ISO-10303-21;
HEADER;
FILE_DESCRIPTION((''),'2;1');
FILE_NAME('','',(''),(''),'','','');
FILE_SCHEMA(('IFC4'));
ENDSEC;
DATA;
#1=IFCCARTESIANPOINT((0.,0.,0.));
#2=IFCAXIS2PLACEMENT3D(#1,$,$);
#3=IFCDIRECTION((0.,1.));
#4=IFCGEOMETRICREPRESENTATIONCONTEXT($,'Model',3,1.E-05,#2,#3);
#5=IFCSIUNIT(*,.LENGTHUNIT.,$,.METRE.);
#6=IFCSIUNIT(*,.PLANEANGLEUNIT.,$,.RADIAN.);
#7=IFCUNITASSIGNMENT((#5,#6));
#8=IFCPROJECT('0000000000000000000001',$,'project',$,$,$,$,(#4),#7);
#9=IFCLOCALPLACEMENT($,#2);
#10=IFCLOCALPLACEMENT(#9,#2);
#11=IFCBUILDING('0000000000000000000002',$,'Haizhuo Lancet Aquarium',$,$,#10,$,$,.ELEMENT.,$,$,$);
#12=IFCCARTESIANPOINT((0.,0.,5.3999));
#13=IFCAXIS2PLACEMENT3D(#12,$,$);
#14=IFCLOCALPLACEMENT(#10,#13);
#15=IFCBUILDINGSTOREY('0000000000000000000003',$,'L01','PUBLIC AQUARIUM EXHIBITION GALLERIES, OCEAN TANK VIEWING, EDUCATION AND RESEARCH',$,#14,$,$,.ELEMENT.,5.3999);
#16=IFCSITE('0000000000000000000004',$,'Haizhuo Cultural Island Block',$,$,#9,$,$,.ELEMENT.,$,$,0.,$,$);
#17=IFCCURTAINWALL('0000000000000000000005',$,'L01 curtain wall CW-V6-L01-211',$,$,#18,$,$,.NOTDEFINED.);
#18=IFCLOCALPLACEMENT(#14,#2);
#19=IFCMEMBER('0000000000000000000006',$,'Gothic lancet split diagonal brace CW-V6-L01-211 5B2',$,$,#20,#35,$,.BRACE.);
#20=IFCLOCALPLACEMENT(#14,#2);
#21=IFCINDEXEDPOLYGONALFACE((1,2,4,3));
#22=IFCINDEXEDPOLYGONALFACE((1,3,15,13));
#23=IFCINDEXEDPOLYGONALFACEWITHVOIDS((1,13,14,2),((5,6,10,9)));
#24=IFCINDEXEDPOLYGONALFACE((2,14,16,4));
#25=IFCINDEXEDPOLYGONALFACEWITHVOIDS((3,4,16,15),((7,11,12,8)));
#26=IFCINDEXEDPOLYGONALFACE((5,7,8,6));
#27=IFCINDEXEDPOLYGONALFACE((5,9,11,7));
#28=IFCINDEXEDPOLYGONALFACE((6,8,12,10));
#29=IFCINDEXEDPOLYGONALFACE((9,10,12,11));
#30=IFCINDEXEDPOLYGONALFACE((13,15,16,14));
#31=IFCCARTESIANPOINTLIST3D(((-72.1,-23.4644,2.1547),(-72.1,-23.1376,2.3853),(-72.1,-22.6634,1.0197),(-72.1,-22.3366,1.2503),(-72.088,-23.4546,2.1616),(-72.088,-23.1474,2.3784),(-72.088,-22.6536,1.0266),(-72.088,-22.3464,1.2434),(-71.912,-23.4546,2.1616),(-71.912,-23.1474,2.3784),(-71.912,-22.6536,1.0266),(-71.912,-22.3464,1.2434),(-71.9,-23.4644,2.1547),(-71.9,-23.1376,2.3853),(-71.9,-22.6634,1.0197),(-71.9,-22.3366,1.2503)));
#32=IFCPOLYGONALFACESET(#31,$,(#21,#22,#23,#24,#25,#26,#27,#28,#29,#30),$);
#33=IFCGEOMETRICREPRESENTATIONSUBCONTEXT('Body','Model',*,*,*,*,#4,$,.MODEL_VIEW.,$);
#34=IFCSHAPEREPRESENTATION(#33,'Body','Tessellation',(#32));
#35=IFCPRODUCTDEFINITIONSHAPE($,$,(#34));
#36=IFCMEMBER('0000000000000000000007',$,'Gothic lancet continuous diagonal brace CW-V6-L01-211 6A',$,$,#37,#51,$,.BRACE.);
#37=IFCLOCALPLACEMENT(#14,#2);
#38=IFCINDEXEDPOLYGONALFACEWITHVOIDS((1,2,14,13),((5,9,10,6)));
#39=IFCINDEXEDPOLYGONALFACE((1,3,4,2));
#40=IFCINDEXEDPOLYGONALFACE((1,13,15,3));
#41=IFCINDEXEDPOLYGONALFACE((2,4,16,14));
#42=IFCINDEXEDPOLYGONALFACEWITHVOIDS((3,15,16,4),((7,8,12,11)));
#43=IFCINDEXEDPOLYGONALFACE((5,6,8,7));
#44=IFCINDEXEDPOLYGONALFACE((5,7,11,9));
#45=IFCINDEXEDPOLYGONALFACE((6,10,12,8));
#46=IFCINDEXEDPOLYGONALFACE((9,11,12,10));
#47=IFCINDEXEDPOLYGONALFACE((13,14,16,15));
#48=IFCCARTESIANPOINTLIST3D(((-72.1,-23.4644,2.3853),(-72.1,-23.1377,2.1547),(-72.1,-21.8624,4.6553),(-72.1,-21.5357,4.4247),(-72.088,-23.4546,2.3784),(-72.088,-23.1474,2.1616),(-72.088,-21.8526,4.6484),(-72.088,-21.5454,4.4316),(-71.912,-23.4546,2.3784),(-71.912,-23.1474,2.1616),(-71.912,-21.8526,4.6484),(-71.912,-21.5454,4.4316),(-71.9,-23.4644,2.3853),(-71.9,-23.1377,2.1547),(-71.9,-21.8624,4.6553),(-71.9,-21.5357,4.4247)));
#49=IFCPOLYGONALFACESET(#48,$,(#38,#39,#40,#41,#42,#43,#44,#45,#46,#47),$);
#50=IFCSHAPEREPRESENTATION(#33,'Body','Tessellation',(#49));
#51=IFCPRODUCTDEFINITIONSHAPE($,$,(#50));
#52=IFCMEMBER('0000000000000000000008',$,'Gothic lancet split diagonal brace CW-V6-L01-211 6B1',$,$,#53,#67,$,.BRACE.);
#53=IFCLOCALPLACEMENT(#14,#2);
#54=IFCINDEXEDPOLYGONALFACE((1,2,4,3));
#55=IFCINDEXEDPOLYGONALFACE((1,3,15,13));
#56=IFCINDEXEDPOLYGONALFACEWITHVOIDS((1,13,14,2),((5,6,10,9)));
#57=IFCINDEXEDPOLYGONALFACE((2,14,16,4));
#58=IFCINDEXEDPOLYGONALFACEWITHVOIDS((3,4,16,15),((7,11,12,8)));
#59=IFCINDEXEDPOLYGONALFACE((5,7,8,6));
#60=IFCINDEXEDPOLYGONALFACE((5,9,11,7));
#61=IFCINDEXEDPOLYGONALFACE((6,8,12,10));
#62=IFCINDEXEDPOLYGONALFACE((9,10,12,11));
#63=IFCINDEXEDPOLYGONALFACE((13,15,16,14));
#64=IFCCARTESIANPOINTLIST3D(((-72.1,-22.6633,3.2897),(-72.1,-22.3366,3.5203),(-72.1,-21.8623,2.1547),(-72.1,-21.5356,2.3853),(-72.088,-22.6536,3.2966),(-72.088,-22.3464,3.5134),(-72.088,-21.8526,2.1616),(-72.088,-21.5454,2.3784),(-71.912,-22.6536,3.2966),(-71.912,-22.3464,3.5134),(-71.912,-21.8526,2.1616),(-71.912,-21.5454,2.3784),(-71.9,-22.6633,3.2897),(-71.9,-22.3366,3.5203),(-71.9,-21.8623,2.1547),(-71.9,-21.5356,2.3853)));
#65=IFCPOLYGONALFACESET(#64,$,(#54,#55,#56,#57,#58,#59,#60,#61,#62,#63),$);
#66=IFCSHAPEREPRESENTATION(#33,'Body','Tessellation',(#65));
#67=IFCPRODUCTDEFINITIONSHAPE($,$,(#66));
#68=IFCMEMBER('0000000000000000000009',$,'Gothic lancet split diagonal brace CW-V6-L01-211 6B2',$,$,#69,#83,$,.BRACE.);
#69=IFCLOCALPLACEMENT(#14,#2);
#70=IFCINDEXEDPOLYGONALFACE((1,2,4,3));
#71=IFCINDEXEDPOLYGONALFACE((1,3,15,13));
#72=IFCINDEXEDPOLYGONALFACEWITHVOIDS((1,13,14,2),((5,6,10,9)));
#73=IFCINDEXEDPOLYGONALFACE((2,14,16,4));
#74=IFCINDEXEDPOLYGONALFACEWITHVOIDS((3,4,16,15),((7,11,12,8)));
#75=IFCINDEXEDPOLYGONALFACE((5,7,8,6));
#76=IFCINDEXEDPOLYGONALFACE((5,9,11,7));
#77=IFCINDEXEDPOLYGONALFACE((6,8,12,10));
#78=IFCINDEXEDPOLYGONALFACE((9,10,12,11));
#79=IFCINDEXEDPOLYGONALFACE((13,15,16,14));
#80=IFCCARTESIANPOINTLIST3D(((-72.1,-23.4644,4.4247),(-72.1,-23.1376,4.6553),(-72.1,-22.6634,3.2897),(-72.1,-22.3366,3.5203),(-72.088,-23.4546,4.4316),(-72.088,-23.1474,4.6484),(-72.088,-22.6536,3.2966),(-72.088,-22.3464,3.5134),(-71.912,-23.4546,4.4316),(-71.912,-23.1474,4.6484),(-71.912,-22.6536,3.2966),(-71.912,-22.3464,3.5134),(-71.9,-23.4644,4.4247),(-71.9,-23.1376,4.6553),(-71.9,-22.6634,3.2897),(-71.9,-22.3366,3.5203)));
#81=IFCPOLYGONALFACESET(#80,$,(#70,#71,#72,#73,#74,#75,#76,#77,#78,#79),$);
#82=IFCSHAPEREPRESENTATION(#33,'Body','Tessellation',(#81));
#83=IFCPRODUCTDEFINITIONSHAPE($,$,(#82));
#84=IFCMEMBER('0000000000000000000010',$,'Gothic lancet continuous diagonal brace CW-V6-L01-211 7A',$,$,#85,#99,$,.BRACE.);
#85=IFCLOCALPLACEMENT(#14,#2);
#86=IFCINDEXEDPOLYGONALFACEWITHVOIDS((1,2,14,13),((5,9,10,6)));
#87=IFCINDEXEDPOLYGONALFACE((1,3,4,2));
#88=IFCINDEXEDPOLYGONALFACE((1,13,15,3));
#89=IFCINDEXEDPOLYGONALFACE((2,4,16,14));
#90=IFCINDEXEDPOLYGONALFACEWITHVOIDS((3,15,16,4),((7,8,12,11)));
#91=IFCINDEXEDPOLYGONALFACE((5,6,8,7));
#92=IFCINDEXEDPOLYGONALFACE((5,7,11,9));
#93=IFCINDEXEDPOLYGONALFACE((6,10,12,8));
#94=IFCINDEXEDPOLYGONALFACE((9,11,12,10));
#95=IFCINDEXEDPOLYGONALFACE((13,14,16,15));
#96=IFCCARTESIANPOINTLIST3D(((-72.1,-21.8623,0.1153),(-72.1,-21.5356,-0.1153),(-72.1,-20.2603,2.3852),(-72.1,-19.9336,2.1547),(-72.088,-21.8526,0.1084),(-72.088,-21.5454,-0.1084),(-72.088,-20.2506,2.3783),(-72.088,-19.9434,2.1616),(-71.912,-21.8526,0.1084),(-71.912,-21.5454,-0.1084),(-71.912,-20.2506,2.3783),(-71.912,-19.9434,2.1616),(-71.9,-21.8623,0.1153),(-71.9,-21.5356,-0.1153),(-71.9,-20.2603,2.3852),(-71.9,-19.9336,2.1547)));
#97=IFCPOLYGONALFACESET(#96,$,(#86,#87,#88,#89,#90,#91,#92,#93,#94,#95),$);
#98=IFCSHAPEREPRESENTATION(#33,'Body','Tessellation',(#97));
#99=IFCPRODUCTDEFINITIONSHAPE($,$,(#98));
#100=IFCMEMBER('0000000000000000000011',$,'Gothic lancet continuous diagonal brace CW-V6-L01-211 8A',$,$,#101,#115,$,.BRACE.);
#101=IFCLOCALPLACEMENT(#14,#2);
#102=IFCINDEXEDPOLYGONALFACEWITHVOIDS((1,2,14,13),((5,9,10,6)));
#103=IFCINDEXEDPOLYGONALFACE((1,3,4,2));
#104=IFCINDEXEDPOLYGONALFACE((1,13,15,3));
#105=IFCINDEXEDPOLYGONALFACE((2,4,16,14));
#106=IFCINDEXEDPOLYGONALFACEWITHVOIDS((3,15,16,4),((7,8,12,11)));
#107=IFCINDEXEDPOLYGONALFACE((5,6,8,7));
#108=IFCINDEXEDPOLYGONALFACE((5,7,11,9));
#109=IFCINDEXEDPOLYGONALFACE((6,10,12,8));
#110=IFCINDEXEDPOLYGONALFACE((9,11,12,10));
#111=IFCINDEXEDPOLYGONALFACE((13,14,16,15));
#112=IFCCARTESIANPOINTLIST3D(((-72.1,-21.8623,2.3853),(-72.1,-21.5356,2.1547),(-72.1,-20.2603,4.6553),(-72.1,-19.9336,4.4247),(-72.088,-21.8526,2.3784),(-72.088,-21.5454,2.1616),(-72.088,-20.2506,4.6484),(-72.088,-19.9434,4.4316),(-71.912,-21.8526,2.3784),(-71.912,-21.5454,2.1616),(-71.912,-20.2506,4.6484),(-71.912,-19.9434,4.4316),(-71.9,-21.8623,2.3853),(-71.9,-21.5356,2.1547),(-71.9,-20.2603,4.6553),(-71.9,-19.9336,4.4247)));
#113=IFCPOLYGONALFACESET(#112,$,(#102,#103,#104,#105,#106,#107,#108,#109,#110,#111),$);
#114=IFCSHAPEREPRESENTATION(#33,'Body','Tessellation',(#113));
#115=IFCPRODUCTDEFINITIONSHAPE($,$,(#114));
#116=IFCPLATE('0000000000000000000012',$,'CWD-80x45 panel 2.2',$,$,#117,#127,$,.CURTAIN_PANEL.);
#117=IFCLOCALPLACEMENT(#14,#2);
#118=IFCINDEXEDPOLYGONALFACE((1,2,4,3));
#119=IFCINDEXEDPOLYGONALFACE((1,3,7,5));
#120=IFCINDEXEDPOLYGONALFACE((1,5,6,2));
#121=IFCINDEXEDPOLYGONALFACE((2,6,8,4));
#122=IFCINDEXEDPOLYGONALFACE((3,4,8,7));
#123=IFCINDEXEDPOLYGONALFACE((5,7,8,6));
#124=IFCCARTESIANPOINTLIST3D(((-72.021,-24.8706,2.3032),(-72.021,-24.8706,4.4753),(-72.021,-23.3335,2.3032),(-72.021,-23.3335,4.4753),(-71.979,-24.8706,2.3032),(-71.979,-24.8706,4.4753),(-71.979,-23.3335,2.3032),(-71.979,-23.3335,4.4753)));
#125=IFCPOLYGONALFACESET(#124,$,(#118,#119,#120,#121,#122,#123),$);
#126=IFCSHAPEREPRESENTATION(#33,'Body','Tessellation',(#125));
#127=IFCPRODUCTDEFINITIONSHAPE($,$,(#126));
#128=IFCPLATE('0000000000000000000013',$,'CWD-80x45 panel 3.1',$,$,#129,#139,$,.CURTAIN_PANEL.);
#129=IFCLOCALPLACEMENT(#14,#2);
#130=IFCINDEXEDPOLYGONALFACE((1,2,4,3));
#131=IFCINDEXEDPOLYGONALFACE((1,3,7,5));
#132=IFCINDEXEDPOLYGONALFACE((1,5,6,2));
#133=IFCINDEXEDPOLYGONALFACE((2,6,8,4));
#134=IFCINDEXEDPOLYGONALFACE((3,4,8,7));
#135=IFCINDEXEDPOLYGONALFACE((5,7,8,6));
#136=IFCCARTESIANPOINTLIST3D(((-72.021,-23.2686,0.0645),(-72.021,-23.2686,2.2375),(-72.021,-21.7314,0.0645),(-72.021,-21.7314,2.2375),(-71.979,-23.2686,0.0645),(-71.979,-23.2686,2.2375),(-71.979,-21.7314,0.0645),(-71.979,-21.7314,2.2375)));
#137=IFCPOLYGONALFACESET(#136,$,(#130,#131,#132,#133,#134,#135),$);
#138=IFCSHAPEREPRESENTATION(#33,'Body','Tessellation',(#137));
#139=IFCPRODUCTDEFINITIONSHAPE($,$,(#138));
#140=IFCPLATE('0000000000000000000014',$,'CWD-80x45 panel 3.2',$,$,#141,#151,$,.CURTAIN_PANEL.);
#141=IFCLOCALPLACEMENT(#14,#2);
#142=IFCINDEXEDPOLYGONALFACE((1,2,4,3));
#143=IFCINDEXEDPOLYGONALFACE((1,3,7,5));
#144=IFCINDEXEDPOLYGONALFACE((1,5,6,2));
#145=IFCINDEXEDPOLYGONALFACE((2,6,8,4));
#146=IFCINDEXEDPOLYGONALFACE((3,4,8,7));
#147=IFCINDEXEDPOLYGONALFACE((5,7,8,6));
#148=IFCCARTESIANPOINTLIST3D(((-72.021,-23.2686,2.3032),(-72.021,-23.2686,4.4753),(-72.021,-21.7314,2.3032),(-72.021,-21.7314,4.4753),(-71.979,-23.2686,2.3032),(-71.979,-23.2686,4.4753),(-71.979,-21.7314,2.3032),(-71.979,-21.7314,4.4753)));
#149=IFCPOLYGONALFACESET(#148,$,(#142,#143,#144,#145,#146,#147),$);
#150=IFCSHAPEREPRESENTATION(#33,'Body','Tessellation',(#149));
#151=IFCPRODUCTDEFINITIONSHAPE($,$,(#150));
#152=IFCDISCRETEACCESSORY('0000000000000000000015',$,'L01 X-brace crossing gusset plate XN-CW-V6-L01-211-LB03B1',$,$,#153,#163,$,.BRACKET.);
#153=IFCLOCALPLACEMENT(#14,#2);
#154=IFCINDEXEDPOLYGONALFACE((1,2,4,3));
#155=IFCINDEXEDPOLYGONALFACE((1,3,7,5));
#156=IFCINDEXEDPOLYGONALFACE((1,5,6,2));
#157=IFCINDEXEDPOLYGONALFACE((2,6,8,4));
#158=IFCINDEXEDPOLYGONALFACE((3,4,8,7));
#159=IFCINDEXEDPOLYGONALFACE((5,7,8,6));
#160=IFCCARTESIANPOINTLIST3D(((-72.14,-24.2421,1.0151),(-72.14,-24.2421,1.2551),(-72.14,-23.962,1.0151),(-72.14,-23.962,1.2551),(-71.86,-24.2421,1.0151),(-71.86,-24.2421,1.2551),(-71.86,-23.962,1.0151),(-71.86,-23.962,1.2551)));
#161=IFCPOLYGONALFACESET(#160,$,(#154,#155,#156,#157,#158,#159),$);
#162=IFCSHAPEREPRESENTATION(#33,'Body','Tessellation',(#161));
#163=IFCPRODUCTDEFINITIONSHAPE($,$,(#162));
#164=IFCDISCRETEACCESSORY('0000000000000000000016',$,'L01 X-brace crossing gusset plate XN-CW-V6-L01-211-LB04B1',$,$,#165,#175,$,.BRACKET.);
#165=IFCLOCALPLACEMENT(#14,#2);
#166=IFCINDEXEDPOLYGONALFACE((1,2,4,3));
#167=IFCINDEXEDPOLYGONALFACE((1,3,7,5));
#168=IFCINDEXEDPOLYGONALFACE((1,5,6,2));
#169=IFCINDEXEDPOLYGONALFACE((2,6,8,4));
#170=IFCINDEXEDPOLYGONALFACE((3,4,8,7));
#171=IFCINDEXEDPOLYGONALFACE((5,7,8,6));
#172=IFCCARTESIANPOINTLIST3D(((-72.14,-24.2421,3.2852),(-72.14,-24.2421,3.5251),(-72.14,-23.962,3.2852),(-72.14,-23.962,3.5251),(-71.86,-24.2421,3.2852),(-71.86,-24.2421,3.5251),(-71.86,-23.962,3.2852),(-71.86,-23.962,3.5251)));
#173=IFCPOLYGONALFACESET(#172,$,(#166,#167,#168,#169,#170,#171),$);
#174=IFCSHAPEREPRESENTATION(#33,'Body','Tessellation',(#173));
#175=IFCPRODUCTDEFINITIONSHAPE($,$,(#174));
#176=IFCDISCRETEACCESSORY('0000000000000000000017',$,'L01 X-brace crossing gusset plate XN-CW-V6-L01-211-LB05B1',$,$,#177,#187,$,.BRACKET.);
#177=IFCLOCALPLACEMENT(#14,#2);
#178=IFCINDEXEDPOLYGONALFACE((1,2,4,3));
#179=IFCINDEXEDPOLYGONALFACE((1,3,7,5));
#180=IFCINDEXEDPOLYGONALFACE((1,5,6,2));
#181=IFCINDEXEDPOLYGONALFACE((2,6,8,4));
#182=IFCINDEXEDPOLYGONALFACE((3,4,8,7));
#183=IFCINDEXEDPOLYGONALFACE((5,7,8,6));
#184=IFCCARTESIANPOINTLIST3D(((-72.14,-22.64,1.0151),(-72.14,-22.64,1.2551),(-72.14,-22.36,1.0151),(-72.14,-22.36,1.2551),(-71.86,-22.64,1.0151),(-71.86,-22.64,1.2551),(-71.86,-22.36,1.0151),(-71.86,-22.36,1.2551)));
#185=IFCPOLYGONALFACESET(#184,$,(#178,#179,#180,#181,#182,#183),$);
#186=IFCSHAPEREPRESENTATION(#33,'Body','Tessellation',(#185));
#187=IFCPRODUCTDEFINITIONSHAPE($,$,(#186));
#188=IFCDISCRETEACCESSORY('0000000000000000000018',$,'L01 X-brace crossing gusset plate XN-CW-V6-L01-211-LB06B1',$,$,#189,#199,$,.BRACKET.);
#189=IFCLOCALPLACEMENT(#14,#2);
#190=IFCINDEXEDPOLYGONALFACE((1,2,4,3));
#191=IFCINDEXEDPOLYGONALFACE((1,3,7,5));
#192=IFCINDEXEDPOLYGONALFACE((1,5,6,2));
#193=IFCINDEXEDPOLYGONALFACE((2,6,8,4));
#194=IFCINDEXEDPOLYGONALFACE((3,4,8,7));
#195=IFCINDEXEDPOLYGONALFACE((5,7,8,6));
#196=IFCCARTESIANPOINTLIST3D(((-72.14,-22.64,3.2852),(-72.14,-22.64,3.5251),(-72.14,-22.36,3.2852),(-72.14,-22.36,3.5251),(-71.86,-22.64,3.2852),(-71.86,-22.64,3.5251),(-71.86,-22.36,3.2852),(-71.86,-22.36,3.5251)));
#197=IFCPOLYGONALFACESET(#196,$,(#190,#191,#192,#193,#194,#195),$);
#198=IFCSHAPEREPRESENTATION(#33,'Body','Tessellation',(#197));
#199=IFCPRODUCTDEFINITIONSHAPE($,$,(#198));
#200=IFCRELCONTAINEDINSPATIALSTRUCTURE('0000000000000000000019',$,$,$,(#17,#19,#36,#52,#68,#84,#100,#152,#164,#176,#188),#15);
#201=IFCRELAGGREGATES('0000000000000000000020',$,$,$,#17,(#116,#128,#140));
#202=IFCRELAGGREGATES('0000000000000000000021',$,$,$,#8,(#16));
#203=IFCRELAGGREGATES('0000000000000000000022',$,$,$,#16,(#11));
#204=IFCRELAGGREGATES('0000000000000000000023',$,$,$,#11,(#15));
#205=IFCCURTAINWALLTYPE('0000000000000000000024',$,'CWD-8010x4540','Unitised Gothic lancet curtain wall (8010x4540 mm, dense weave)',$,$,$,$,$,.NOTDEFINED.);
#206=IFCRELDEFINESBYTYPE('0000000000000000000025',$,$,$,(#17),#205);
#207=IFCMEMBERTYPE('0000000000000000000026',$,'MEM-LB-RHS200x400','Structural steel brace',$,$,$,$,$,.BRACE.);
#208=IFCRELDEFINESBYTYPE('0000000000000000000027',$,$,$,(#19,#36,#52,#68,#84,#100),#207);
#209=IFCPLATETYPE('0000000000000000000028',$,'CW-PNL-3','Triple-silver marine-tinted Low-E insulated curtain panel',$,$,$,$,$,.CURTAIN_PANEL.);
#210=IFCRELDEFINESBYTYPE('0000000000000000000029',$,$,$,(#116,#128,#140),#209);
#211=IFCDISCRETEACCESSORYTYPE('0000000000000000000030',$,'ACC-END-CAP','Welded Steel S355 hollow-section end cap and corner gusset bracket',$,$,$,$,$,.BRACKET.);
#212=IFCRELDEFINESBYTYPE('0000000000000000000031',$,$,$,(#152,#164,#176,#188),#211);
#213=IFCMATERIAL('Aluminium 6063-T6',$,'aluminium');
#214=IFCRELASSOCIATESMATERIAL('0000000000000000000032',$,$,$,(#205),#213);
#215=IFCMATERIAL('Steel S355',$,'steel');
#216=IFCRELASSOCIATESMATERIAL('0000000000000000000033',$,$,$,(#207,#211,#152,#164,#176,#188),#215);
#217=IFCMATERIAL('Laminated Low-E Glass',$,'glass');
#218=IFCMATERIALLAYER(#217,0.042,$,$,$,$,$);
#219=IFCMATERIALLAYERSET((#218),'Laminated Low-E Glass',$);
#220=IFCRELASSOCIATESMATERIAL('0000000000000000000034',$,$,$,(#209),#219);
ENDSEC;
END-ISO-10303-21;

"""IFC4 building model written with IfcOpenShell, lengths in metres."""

from ifc_helpers import new_model, si_unit, direction, frame, origin, origin_2d, place, context, subcontext, project, spatial, rectangle, hollow_rectangle, extrude, material, layer, layer_set, material_profile, profile_set, type_object, element, aggregate, save


model = new_model("IFC4")

# Units and contexts
model_context = context("Model", 3, precision=1e-05, world=origin(), true_north=direction((0.0, 1.0)))
body_context = subcontext(model_context, "Body", "Model", "MODEL_VIEW")
ifc_project = project(units=[si_unit("LENGTHUNIT", "METRE"), si_unit("PLANEANGLEUNIT", "RADIAN")], contexts=[model_context])

# Site, building, storey
site_placement = place(None, origin())
site = spatial("IfcSite", under=ifc_project, at=site_placement, Name="Haizhuo Cultural Island Block", CompositionType="ELEMENT", RefElevation=0.0)
building_placement = place(site_placement, origin())
building = spatial("IfcBuilding", under=site, at=building_placement, Name="Haizhuo Lancet Aquarium", CompositionType="ELEMENT")
storey_placement = place(building_placement, frame((0.0, 0.0, 5.3999)))
storey = spatial("IfcBuildingStorey", under=building, at=storey_placement, Name="L01", Description="PUBLIC AQUARIUM EXHIBITION GALLERIES, OCEAN TANK VIEWING, EDUCATION AND RESEARCH", CompositionType="ELEMENT", Elevation=5.3999)

# Curtain wall
ifc_material_1 = material(Name="Aluminium 6063-T6", Category="aluminium")
curtain_wall_type = type_object("IfcCurtainWallType", Name="CWD-8010x4540", Description="Unitised Gothic lancet curtain wall (8010x4540 mm, dense weave)", PredefinedType="NOTDEFINED", material=ifc_material_1)
curtain_wall_placement = place(storey_placement, origin())
curtain_wall = element("IfcCurtainWall", 1, at=curtain_wall_placement, inside=storey, type_object=curtain_wall_type, Name="L01 curtain wall CW-V6-L01-211", PredefinedType="NOTDEFINED")

# Members
ifc_material_2 = material(Name="Steel S355", Category="steel")
ifc_material_profile_1 = material_profile(ifc_material_2, hollow_rectangle(XDim=0.2, YDim=0.3999, WallThickness=0.012, at=origin_2d()), Name="RHS 200x400x12")
ifc_profile_set_1 = profile_set([ifc_material_profile_1], Name="Steel S355")
member_type_1 = type_object("IfcMemberType", Name="MEM-LB-RHS200x400", Description="Structural steel brace", PredefinedType="BRACE", material=ifc_profile_set_1)
for number, where, z_axis, x_axis, name in (
    (2, (-72.0, -22.5, 1.135), (0.0, -0.576607, 0.817021), (1.0, 0.0, 0.0), "Gothic lancet split diagonal brace CW-V6-L01-211 5B2"),
):
    element("IfcMember", number, at=place(storey_placement, frame(where, z_axis=z_axis, x_axis=x_axis)), inside=storey, type_object=member_type_1, Name=name, PredefinedType="BRACE", context=body_context, shape_type="SweptSolid", body=[
        extrude(hollow_rectangle(XDim=0.2, YDim=0.3999, WallThickness=0.012, at=origin_2d()), origin(), (0.0, 0.0, 1.0), 1.3892),
    ])
member_1_placement = place(storey_placement, frame((-72.0, -23.301, 2.27), z_axis=(0.0, 0.576607, 0.817021), x_axis=(-1.0, 0.0, 0.0)))
element("IfcMember", 3, at=member_1_placement, inside=storey, type_object=member_type_1, Name="Gothic lancet continuous diagonal brace CW-V6-L01-211 6A", PredefinedType="BRACE", context=body_context, shape_type="SweptSolid", body=[
    extrude(hollow_rectangle(XDim=0.2, YDim=0.3999, WallThickness=0.012, at=origin_2d()), origin(), (0.0, 0.0, 1.0), 2.7783),
])
for number, where, z_axis, x_axis, name in (
    (4, (-72.0, -21.699, 2.27), (0.0, -0.576607, 0.817021), (1.0, 0.0, 0.0), "Gothic lancet split diagonal brace CW-V6-L01-211 6B1"),
    (5, (-72.0, -22.5, 3.405), (0.0, -0.576607, 0.817021), (1.0, 0.0, 0.0), "Gothic lancet split diagonal brace CW-V6-L01-211 6B2"),
):
    element("IfcMember", number, at=place(storey_placement, frame(where, z_axis=z_axis, x_axis=x_axis)), inside=storey, type_object=member_type_1, Name=name, PredefinedType="BRACE", context=body_context, shape_type="SweptSolid", body=[
        extrude(hollow_rectangle(XDim=0.2, YDim=0.3999, WallThickness=0.012, at=origin_2d()), origin(), (0.0, 0.0, 1.0), 1.3892),
    ])
for number, where, z_axis, x_axis, name in (
    (6, (-72.0, -21.699, 0.0), (0.0, 0.576607, 0.817021), (-1.0, 0.0, 0.0), "Gothic lancet continuous diagonal brace CW-V6-L01-211 7A"),
    (7, (-72.0, -21.699, 2.27), (0.0, 0.576607, 0.817021), (-1.0, 0.0, 0.0), "Gothic lancet continuous diagonal brace CW-V6-L01-211 8A"),
):
    element("IfcMember", number, at=place(storey_placement, frame(where, z_axis=z_axis, x_axis=x_axis)), inside=storey, type_object=member_type_1, Name=name, PredefinedType="BRACE", context=body_context, shape_type="SweptSolid", body=[
        extrude(hollow_rectangle(XDim=0.2, YDim=0.3999, WallThickness=0.012, at=origin_2d()), origin(), (0.0, 0.0, 1.0), 2.7783),
    ])

# Plates
ifc_material_3 = material(Name="Laminated Low-E Glass", Category="glass")
ifc_layer = layer(ifc_material_3, 0.042)
ifc_layer_set = layer_set([ifc_layer], Name="Laminated Low-E Glass")
plate_type = type_object("IfcPlateType", Name="CW-PNL-3", Description="Triple-silver marine-tinted Low-E insulated curtain panel", PredefinedType="CURTAIN_PANEL", material=ifc_layer_set)
plate_1_placement = place(storey_placement, frame((-72.0, -24.1021, 2.3032), z_axis=(0.0, 0.0, 1.0), x_axis=(0.0, 1.0, 0.0)))
plate_1 = element("IfcPlate", 8, at=plate_1_placement, type_object=plate_type, Name="CWD-80x45 panel 2.2", PredefinedType="CURTAIN_PANEL", context=body_context, shape_type="SweptSolid", body=[
    extrude(rectangle(XDim=1.5371, YDim=0.042, at=origin_2d()), origin(), (0.0, 0.0, 1.0), 2.1721),
])
plate_2_placement = place(storey_placement, frame((-72.0, -22.5, 0.0645), z_axis=(0.0, 0.0, 1.0), x_axis=(0.0, 1.0, 0.0)))
plate_2 = element("IfcPlate", 9, at=plate_2_placement, type_object=plate_type, Name="CWD-80x45 panel 3.1", PredefinedType="CURTAIN_PANEL", context=body_context, shape_type="SweptSolid", body=[
    extrude(rectangle(XDim=1.5371, YDim=0.042, at=origin_2d()), origin(), (0.0, 0.0, 1.0), 2.1731),
])
plate_3_placement = place(storey_placement, frame((-72.0, -22.5, 2.3032), z_axis=(0.0, 0.0, 1.0), x_axis=(0.0, 1.0, 0.0)))
plate_3 = element("IfcPlate", 10, at=plate_3_placement, type_object=plate_type, Name="CWD-80x45 panel 3.2", PredefinedType="CURTAIN_PANEL", context=body_context, shape_type="SweptSolid", body=[
    extrude(rectangle(XDim=1.5371, YDim=0.042, at=origin_2d()), origin(), (0.0, 0.0, 1.0), 2.1721),
])
aggregate(curtain_wall, [plate_1, plate_2, plate_3])

# Discrete accessories
discrete_accessory_type = type_object("IfcDiscreteAccessoryType", Name="ACC-END-CAP", Description="Welded Steel S355 hollow-section end cap and corner gusset bracket", PredefinedType="BRACKET", material=ifc_material_2)
for number, where, z_axis, x_axis, name in (
    (11, (-72.0, -24.1021, 1.0151), (0.0, 0.0, 1.0), (1.0, 0.0, 0.0), "L01 X-brace crossing gusset plate XN-CW-V6-L01-211-LB03B1"),
    (12, (-72.0, -24.1021, 3.2852), (0.0, 0.0, 1.0), (1.0, 0.0, 0.0), "L01 X-brace crossing gusset plate XN-CW-V6-L01-211-LB04B1"),
    (13, (-72.0, -22.5, 1.0151), (0.0, 0.0, 1.0), (1.0, 0.0, 0.0), "L01 X-brace crossing gusset plate XN-CW-V6-L01-211-LB05B1"),
    (14, (-72.0, -22.5, 3.2852), (0.0, 0.0, 1.0), (1.0, 0.0, 0.0), "L01 X-brace crossing gusset plate XN-CW-V6-L01-211-LB06B1"),
):
    element("IfcDiscreteAccessory", number, at=place(storey_placement, frame(where, z_axis=z_axis, x_axis=x_axis)), inside=storey, type_object=discrete_accessory_type, material=ifc_material_2, Name=name, PredefinedType="BRACKET", context=body_context, shape_type="SweptSolid", body=[
        extrude(rectangle(XDim=0.28, YDim=0.28, at=origin_2d()), origin(), (0.0, 0.0, 1.0), 0.24),
    ])

save(model, "model.ifc")
